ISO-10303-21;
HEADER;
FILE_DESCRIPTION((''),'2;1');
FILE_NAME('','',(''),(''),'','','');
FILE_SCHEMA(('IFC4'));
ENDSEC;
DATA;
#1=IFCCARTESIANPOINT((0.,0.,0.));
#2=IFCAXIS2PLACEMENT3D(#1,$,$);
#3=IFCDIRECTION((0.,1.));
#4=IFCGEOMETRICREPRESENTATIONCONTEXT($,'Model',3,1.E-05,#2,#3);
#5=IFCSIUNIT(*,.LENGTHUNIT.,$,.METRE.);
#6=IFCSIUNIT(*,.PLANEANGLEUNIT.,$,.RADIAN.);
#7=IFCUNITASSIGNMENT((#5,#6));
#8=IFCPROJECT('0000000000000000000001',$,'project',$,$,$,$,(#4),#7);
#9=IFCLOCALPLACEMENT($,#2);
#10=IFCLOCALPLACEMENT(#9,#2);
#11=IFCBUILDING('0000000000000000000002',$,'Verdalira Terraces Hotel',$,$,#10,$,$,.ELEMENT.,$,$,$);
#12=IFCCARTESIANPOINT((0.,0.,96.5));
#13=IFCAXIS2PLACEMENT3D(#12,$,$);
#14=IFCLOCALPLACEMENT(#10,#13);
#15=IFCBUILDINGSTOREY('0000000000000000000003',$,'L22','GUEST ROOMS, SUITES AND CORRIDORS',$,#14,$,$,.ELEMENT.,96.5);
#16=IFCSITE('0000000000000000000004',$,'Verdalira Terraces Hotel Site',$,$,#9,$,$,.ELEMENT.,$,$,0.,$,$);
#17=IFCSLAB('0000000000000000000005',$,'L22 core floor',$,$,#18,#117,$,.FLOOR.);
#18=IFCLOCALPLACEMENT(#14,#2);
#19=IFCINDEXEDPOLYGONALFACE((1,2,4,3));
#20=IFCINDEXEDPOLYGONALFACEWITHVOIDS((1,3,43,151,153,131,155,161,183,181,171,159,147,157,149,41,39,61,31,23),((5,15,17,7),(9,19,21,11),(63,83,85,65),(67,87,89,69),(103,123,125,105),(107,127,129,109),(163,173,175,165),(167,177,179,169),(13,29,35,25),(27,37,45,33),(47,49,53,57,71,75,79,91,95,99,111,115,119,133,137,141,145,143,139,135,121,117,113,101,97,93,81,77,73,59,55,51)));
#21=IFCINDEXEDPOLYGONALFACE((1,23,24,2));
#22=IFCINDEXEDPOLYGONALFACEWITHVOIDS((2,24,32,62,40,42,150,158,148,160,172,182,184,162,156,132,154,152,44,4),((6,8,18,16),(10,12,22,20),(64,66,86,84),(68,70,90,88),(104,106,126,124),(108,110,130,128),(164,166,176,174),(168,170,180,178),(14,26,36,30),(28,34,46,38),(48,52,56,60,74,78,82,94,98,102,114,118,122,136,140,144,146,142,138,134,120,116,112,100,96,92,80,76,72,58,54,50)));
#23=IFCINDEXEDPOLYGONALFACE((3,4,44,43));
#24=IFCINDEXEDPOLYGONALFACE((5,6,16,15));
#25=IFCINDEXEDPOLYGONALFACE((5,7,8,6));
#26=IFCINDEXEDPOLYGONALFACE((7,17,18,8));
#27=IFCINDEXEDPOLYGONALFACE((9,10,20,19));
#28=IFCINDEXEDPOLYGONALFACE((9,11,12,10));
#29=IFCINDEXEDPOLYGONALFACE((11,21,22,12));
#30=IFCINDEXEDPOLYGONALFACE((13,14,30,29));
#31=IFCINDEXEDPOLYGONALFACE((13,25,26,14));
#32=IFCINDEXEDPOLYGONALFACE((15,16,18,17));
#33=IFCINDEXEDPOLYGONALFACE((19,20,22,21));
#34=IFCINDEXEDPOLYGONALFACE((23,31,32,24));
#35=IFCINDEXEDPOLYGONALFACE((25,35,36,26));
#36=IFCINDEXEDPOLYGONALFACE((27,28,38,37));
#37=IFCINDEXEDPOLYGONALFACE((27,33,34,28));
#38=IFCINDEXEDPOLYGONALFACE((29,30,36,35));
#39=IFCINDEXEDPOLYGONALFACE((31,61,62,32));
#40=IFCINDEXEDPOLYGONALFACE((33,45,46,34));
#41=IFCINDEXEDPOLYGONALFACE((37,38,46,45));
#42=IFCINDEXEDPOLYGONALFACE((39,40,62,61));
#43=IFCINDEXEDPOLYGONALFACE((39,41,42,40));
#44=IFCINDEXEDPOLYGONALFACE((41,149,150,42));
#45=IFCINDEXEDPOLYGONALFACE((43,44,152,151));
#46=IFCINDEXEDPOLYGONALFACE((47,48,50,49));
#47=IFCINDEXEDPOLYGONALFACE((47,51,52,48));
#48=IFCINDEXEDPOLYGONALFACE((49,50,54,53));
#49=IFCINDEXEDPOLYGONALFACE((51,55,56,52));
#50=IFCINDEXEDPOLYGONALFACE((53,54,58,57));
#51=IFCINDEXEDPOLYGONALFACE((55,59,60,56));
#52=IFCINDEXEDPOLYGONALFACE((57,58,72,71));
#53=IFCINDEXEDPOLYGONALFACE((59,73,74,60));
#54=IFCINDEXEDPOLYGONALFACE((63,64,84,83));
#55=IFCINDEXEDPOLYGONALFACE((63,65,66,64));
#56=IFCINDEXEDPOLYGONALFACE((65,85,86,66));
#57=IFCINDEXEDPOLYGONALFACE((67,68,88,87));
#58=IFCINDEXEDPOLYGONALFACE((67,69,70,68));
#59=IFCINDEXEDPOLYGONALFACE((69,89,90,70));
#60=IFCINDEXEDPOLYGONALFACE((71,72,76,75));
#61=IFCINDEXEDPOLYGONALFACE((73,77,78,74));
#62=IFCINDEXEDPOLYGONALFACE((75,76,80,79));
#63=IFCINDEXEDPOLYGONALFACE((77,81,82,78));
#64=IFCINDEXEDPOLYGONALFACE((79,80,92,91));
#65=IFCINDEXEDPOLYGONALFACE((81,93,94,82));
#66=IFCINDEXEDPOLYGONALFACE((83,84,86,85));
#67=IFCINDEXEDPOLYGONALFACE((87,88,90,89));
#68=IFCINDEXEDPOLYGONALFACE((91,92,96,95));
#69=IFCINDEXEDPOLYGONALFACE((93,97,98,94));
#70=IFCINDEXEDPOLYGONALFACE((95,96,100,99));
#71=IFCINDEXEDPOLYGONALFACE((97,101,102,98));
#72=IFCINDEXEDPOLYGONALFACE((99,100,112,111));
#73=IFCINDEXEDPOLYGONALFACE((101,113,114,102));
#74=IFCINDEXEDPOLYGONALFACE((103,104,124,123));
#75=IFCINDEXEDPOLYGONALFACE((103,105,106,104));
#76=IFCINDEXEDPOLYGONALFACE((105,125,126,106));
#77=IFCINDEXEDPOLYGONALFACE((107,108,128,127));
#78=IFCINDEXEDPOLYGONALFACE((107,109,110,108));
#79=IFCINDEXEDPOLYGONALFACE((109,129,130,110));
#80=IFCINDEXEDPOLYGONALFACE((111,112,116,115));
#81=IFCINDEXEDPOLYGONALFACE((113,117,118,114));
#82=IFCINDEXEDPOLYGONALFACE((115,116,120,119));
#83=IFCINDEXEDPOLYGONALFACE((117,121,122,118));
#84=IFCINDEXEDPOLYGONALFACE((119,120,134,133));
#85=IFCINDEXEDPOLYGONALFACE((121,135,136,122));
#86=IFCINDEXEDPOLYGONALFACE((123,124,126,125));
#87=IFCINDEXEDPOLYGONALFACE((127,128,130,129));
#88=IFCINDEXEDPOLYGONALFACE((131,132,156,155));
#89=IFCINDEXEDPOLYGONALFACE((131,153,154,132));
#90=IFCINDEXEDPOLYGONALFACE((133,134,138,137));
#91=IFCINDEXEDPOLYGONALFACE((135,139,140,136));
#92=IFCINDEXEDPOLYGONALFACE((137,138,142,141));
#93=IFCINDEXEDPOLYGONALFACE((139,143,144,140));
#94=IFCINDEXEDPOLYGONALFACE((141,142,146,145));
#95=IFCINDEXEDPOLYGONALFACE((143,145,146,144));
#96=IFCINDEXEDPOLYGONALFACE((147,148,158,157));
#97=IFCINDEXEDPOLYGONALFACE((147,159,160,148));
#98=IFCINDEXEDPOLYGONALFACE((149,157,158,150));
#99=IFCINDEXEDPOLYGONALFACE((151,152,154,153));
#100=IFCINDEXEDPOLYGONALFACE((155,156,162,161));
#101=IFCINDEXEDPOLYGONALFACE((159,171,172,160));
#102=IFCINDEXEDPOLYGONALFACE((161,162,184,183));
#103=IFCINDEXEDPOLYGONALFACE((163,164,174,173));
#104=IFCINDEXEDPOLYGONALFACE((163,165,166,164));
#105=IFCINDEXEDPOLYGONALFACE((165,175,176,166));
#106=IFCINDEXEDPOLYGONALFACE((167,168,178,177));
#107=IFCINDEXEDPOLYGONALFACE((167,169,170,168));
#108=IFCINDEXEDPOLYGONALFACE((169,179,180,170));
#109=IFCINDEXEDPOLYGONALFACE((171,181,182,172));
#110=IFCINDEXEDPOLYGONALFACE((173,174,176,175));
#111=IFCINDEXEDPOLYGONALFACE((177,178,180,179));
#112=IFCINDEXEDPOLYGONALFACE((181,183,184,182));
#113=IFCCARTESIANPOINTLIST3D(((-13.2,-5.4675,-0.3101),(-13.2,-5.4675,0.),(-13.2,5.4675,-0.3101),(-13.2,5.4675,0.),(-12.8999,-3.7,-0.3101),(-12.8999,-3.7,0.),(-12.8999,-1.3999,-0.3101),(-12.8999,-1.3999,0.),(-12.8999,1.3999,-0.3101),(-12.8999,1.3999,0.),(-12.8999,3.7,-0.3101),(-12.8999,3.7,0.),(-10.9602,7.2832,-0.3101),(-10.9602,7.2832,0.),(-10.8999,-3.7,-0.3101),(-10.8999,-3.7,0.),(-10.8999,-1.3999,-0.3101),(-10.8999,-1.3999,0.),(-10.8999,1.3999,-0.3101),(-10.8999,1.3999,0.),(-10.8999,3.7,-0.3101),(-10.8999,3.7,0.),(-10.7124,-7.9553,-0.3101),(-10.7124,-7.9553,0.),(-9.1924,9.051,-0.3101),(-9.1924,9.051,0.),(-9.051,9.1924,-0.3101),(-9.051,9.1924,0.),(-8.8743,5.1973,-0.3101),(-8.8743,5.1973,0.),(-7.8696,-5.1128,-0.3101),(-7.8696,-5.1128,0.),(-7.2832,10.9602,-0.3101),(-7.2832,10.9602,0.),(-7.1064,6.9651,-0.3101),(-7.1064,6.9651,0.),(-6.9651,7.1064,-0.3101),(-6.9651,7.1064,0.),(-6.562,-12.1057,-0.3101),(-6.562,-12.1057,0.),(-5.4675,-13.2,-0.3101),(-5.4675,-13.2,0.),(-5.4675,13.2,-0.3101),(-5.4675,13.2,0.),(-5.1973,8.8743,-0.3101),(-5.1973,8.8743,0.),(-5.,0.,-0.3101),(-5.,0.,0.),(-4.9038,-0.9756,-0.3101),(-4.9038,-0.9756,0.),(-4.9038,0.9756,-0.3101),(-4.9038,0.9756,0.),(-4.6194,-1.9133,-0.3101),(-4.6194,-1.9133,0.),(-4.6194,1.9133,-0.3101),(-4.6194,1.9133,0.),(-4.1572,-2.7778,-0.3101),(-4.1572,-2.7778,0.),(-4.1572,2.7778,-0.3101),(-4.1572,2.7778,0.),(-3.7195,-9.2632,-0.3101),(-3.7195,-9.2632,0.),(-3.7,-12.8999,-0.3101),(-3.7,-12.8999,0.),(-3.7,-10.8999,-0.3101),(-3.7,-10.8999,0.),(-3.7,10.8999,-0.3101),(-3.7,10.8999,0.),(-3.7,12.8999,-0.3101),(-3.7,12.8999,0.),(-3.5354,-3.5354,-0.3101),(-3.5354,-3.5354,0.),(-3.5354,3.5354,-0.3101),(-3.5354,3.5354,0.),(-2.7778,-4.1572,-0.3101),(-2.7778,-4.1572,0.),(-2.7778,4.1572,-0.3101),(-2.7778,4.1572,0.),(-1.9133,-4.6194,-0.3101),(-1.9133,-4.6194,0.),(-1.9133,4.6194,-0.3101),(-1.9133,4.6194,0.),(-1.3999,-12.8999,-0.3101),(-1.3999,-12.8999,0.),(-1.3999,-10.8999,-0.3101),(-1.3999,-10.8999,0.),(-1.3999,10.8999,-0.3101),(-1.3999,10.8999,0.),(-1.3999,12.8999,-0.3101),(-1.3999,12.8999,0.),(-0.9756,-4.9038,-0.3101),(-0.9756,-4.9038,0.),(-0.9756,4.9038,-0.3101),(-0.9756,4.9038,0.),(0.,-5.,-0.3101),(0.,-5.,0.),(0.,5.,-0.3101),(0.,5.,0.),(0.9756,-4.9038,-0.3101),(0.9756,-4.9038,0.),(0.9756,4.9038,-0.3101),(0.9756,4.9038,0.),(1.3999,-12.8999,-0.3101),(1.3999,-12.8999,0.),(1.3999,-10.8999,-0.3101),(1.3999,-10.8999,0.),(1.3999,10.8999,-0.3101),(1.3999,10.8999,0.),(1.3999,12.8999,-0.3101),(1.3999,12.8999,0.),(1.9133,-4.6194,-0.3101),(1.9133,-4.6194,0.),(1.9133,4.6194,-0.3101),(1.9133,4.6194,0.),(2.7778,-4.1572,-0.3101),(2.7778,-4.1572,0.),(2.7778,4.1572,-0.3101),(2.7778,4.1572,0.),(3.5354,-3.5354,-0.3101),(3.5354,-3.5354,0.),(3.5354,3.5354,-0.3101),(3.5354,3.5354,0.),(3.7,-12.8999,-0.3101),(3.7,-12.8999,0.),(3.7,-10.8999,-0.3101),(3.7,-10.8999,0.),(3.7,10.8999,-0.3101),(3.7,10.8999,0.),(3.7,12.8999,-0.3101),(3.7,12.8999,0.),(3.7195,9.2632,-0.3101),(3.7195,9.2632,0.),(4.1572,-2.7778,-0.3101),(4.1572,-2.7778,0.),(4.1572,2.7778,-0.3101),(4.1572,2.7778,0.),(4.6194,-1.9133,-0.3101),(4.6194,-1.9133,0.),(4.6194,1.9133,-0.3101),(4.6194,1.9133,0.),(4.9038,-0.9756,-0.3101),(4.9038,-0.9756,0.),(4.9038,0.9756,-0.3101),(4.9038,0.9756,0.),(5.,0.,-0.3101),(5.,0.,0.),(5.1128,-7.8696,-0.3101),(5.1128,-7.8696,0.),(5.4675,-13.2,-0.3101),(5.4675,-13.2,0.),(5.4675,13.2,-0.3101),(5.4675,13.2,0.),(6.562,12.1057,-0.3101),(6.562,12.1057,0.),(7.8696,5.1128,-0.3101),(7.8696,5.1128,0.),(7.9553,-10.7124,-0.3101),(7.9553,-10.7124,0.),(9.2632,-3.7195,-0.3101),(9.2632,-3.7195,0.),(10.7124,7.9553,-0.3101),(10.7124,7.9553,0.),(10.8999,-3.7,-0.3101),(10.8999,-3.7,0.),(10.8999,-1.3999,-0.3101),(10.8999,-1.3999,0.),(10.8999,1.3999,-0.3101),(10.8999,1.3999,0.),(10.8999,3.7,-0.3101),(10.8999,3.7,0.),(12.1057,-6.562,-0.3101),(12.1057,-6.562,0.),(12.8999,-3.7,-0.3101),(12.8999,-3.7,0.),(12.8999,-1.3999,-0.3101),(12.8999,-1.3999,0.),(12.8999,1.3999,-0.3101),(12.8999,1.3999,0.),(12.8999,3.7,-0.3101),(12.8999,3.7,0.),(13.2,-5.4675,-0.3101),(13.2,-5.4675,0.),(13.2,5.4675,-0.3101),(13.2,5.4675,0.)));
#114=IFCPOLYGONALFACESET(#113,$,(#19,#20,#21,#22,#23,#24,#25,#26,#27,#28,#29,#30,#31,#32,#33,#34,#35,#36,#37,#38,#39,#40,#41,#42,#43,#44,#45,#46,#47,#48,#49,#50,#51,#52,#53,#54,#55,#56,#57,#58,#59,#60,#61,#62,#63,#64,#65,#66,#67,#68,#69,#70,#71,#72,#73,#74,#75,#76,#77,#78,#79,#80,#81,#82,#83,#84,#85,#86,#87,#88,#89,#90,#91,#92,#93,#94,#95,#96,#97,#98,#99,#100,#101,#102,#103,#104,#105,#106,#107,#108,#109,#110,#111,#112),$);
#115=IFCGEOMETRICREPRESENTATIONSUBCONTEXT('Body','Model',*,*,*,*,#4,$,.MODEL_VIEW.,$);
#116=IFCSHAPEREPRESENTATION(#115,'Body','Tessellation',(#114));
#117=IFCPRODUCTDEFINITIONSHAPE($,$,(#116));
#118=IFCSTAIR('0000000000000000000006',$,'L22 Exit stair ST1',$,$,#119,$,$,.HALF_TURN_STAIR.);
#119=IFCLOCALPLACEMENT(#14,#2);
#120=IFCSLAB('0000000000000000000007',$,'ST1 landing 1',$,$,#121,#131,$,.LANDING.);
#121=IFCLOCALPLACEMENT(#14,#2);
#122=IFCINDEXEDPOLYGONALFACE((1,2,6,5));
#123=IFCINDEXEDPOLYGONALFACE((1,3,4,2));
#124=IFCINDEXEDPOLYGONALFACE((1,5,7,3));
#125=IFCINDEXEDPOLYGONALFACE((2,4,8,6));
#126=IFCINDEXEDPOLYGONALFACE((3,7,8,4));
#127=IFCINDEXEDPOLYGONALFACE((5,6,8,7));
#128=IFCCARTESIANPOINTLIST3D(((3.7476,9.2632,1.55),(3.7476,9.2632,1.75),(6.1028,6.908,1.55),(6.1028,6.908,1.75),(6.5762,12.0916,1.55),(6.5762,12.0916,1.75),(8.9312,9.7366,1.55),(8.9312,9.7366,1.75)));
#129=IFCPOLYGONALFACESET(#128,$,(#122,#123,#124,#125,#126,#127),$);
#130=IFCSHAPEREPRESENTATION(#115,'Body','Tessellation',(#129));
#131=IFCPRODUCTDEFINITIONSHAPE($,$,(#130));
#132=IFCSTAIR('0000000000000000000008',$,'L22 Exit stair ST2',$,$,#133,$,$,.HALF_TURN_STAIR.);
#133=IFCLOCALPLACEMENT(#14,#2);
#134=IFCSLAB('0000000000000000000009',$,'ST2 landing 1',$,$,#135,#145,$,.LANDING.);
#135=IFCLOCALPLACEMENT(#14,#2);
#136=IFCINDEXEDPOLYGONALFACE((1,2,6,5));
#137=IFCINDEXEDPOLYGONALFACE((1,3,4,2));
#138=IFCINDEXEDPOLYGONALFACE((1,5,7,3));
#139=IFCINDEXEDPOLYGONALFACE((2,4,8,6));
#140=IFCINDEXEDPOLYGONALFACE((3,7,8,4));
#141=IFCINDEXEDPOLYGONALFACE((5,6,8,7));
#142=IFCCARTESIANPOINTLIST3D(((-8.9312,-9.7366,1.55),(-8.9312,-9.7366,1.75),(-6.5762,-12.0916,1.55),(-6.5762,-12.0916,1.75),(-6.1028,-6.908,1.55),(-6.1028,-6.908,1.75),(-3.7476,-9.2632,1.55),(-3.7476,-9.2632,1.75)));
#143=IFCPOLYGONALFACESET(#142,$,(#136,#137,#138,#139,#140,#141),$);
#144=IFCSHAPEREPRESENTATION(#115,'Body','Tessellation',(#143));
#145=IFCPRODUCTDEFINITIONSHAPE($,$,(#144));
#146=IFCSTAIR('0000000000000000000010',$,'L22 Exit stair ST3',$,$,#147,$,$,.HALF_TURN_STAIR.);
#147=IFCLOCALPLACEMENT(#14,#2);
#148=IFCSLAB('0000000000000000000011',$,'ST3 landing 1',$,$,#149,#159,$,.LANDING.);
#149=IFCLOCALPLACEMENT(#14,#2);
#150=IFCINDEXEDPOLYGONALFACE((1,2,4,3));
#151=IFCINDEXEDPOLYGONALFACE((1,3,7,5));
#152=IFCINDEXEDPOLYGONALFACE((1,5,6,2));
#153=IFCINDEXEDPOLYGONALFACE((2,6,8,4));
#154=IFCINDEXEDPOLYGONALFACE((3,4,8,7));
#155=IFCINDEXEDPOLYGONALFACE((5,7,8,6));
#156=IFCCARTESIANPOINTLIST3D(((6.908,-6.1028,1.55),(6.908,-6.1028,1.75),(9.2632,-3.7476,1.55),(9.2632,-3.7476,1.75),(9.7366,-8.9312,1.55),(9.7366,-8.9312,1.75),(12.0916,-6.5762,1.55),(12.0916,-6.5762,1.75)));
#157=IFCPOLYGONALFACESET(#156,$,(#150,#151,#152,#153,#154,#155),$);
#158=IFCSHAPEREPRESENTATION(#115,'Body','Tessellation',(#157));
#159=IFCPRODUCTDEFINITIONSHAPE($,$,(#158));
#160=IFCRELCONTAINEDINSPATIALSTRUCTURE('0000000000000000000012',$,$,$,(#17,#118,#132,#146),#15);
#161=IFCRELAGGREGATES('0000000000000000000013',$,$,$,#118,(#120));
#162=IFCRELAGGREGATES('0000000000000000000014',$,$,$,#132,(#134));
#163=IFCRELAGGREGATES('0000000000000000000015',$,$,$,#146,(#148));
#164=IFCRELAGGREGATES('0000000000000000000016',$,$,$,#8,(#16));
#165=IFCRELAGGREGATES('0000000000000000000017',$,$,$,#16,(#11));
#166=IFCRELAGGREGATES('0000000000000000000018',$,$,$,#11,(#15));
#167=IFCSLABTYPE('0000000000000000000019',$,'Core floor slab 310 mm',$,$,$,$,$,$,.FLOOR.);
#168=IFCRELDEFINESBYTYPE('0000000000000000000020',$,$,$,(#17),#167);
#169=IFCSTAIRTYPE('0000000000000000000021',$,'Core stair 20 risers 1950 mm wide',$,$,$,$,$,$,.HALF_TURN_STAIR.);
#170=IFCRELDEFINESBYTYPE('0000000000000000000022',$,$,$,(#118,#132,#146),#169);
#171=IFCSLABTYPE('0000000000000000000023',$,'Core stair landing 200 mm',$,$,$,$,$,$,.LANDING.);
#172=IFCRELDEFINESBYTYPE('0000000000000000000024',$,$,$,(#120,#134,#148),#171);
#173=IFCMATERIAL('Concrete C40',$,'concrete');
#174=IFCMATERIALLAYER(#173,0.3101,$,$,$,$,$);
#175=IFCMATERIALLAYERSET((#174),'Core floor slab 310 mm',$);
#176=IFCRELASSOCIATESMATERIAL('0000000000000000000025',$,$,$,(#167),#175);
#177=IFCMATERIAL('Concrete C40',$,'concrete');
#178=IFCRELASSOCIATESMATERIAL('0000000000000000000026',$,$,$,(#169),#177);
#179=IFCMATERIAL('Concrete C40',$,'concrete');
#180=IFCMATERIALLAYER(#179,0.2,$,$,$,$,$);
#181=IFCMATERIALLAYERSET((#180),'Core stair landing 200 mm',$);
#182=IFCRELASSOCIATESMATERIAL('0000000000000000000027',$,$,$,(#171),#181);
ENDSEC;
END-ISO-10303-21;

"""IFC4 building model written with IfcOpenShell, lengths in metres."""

from ifc_helpers import new_model, si_unit, direction, frame, origin, place, context, subcontext, project, spatial, polyline, outline, extrude, material, layer, layer_set, type_object, element, aggregate, save


model = new_model("IFC4")

# Units and contexts
model_context = context("Model", 3, precision=1e-05, world=origin(), true_north=direction((0.0, 1.0)))
body_context = subcontext(model_context, "Body", "Model", "MODEL_VIEW")
ifc_project = project(units=[si_unit("LENGTHUNIT", "METRE"), si_unit("PLANEANGLEUNIT", "RADIAN")], contexts=[model_context])

# Site, building, storey
site_placement = place(None, origin())
site = spatial("IfcSite", under=ifc_project, at=site_placement, Name="Verdalira Terraces Hotel Site", CompositionType="ELEMENT", RefElevation=0.0)
building_placement = place(site_placement, origin())
building = spatial("IfcBuilding", under=site, at=building_placement, Name="Verdalira Terraces Hotel", CompositionType="ELEMENT")
storey_placement = place(building_placement, frame((0.0, 0.0, 96.5)))
storey = spatial("IfcBuildingStorey", under=building, at=storey_placement, Name="L22", Description="GUEST ROOMS, SUITES AND CORRIDORS", CompositionType="ELEMENT", Elevation=96.5)

# Slab
ifc_material_1 = material(Name="Concrete C40", Category="concrete")
ifc_layer_1 = layer(ifc_material_1, 0.3101)
ifc_layer_set_1 = layer_set([ifc_layer_1], Name="Core floor slab 310 mm")
slab_type_1 = type_object("IfcSlabType", Name="Core floor slab 310 mm", PredefinedType="FLOOR", material=ifc_layer_set_1)
slab_1_placement = place(storey_placement, frame((0.0, 0.0, -0.3101)))
element("IfcSlab", 1, at=slab_1_placement, inside=storey, type_object=slab_type_1, Name="L22 core floor", PredefinedType="FLOOR", context=body_context, shape_type="SweptSolid", body=[
    extrude(outline(polyline([(-5.4675, 13.2), (5.4675, 13.2), (6.562, 12.1057), (3.7195, 9.2632), (7.8696, 5.1128), (10.7124, 7.9553), (13.2, 5.4675), (13.2, -5.4675), (12.1057, -6.562), (9.2632, -3.7195), (5.1128, -7.8696), (7.9553, -10.7124), (5.4675, -13.2), (-5.4675, -13.2), (-6.562, -12.1057), (-3.7195, -9.2632), (-7.8696, -5.1128), (-10.7124, -7.9553), (-13.2, -5.4675), (-13.2, 5.4675), (-5.4675, 13.2)]), holes=[polyline([(12.8999, -3.7), (12.8999, -1.3999), (10.8999, -1.3999), (10.8999, -3.7), (12.8999, -3.7)]), polyline([(12.8999, 1.3999), (12.8999, 3.7), (10.8999, 3.7), (10.8999, 1.3999), (12.8999, 1.3999)]), polyline([(1.3999, 10.8999), (3.7, 10.8999), (3.7, 12.8999), (1.3999, 12.8999), (1.3999, 10.8999)]), polyline([(-3.7, 10.8999), (-1.3999, 10.8999), (-1.3999, 12.8999), (-3.7, 12.8999), (-3.7, 10.8999)]), polyline([(-12.8999, 3.7), (-12.8999, 1.3999), (-10.8999, 1.3999), (-10.8999, 3.7), (-12.8999, 3.7)]), polyline([(-12.8999, -1.3999), (-12.8999, -3.7), (-10.8999, -3.7), (-10.8999, -1.3999), (-12.8999, -1.3999)]), polyline([(-1.3999, -10.8999), (-3.7, -10.8999), (-3.7, -12.8999), (-1.3999, -12.8999), (-1.3999, -10.8999)]), polyline([(3.7, -10.8999), (1.3999, -10.8999), (1.3999, -12.8999), (3.7, -12.8999), (3.7, -10.8999)]), polyline([(-9.051, 9.1924), (-6.9651, 7.1064), (-5.1973, 8.8743), (-7.2832, 10.9602), (-9.051, 9.1924)]), polyline([(-9.1924, 9.051), (-10.9602, 7.2832), (-8.8743, 5.1973), (-7.1064, 6.9651), (-9.1924, 9.051)]), polyline([(3.5354, 3.5354), (2.7778, 4.1572), (1.9133, 4.6194), (0.9756, 4.9038), (0.0, 5.0), (-0.9756, 4.9038), (-1.9133, 4.6194), (-2.7778, 4.1572), (-3.5354, 3.5354), (-4.1572, 2.7778), (-4.6194, 1.9133), (-4.9038, 0.9756), (-5.0, 0.0), (-4.9038, -0.9756), (-4.6194, -1.9133), (-4.1572, -2.7778), (-3.5354, -3.5354), (-2.7778, -4.1572), (-1.9133, -4.6194), (-0.9756, -4.9038), (0.0, -5.0), (0.9756, -4.9038), (1.9133, -4.6194), (2.7778, -4.1572), (3.5354, -3.5354), (4.1572, -2.7778), (4.6194, -1.9133), (4.9038, -0.9756), (5.0, 0.0), (4.9038, 0.9756), (4.6194, 1.9133), (4.1572, 2.7778), (3.5354, 3.5354)])]), origin(), (0.0, 0.0, 1.0), 0.3101),
])

# Stairs, slabs
ifc_material_2 = material(Name="Concrete C40", Category="concrete")
stair_type = type_object("IfcStairType", Name="Core stair 20 risers 1950 mm wide", PredefinedType="HALF_TURN_STAIR", material=ifc_material_2)
stair_1_placement = place(storey_placement, origin())
stair_1 = element("IfcStair", 2, at=stair_1_placement, inside=storey, type_object=stair_type, Name="L22 Exit stair ST1", PredefinedType="HALF_TURN_STAIR")
ifc_material_3 = material(Name="Concrete C40", Category="concrete")
ifc_layer_2 = layer(ifc_material_3, 0.2)
ifc_layer_set_2 = layer_set([ifc_layer_2], Name="Core stair landing 200 mm")
slab_type_2 = type_object("IfcSlabType", Name="Core stair landing 200 mm", PredefinedType="LANDING", material=ifc_layer_set_2)
slab_2_placement = place(storey_placement, frame((0.0, 0.0, 1.55)))
slab_2 = element("IfcSlab", 3, at=slab_2_placement, type_object=slab_type_2, Name="ST1 landing 1", PredefinedType="LANDING", context=body_context, shape_type="SweptSolid", body=[
    extrude(outline(polyline([(8.9312, 9.7366), (6.5762, 12.0916), (3.7476, 9.2632), (6.1028, 6.908), (8.9312, 9.7366)])), origin(), (0.0, 0.0, 1.0), 0.2),
])
aggregate(stair_1, [slab_2])
stair_2_placement = place(storey_placement, origin())
stair_2 = element("IfcStair", 4, at=stair_2_placement, inside=storey, type_object=stair_type, Name="L22 Exit stair ST2", PredefinedType="HALF_TURN_STAIR")
slab_3_placement = place(storey_placement, frame((0.0, 0.0, 1.55)))
slab_3 = element("IfcSlab", 5, at=slab_3_placement, type_object=slab_type_2, Name="ST2 landing 1", PredefinedType="LANDING", context=body_context, shape_type="SweptSolid", body=[
    extrude(outline(polyline([(-8.9312, -9.7366), (-6.5762, -12.0916), (-3.7476, -9.2632), (-6.1028, -6.908), (-8.9312, -9.7366)])), origin(), (0.0, 0.0, 1.0), 0.2),
])
aggregate(stair_2, [slab_3])
stair_3_placement = place(storey_placement, origin())
stair_3 = element("IfcStair", 6, at=stair_3_placement, inside=storey, type_object=stair_type, Name="L22 Exit stair ST3", PredefinedType="HALF_TURN_STAIR")
slab_4_placement = place(storey_placement, frame((0.0, 0.0, 1.55)))
slab_4 = element("IfcSlab", 7, at=slab_4_placement, type_object=slab_type_2, Name="ST3 landing 1", PredefinedType="LANDING", context=body_context, shape_type="SweptSolid", body=[
    extrude(outline(polyline([(9.7366, -8.9312), (12.0916, -6.5762), (9.2632, -3.7476), (6.908, -6.1028), (9.7366, -8.9312)])), origin(), (0.0, 0.0, 1.0), 0.2),
])
aggregate(stair_3, [slab_4])

save(model, "model.ifc")
